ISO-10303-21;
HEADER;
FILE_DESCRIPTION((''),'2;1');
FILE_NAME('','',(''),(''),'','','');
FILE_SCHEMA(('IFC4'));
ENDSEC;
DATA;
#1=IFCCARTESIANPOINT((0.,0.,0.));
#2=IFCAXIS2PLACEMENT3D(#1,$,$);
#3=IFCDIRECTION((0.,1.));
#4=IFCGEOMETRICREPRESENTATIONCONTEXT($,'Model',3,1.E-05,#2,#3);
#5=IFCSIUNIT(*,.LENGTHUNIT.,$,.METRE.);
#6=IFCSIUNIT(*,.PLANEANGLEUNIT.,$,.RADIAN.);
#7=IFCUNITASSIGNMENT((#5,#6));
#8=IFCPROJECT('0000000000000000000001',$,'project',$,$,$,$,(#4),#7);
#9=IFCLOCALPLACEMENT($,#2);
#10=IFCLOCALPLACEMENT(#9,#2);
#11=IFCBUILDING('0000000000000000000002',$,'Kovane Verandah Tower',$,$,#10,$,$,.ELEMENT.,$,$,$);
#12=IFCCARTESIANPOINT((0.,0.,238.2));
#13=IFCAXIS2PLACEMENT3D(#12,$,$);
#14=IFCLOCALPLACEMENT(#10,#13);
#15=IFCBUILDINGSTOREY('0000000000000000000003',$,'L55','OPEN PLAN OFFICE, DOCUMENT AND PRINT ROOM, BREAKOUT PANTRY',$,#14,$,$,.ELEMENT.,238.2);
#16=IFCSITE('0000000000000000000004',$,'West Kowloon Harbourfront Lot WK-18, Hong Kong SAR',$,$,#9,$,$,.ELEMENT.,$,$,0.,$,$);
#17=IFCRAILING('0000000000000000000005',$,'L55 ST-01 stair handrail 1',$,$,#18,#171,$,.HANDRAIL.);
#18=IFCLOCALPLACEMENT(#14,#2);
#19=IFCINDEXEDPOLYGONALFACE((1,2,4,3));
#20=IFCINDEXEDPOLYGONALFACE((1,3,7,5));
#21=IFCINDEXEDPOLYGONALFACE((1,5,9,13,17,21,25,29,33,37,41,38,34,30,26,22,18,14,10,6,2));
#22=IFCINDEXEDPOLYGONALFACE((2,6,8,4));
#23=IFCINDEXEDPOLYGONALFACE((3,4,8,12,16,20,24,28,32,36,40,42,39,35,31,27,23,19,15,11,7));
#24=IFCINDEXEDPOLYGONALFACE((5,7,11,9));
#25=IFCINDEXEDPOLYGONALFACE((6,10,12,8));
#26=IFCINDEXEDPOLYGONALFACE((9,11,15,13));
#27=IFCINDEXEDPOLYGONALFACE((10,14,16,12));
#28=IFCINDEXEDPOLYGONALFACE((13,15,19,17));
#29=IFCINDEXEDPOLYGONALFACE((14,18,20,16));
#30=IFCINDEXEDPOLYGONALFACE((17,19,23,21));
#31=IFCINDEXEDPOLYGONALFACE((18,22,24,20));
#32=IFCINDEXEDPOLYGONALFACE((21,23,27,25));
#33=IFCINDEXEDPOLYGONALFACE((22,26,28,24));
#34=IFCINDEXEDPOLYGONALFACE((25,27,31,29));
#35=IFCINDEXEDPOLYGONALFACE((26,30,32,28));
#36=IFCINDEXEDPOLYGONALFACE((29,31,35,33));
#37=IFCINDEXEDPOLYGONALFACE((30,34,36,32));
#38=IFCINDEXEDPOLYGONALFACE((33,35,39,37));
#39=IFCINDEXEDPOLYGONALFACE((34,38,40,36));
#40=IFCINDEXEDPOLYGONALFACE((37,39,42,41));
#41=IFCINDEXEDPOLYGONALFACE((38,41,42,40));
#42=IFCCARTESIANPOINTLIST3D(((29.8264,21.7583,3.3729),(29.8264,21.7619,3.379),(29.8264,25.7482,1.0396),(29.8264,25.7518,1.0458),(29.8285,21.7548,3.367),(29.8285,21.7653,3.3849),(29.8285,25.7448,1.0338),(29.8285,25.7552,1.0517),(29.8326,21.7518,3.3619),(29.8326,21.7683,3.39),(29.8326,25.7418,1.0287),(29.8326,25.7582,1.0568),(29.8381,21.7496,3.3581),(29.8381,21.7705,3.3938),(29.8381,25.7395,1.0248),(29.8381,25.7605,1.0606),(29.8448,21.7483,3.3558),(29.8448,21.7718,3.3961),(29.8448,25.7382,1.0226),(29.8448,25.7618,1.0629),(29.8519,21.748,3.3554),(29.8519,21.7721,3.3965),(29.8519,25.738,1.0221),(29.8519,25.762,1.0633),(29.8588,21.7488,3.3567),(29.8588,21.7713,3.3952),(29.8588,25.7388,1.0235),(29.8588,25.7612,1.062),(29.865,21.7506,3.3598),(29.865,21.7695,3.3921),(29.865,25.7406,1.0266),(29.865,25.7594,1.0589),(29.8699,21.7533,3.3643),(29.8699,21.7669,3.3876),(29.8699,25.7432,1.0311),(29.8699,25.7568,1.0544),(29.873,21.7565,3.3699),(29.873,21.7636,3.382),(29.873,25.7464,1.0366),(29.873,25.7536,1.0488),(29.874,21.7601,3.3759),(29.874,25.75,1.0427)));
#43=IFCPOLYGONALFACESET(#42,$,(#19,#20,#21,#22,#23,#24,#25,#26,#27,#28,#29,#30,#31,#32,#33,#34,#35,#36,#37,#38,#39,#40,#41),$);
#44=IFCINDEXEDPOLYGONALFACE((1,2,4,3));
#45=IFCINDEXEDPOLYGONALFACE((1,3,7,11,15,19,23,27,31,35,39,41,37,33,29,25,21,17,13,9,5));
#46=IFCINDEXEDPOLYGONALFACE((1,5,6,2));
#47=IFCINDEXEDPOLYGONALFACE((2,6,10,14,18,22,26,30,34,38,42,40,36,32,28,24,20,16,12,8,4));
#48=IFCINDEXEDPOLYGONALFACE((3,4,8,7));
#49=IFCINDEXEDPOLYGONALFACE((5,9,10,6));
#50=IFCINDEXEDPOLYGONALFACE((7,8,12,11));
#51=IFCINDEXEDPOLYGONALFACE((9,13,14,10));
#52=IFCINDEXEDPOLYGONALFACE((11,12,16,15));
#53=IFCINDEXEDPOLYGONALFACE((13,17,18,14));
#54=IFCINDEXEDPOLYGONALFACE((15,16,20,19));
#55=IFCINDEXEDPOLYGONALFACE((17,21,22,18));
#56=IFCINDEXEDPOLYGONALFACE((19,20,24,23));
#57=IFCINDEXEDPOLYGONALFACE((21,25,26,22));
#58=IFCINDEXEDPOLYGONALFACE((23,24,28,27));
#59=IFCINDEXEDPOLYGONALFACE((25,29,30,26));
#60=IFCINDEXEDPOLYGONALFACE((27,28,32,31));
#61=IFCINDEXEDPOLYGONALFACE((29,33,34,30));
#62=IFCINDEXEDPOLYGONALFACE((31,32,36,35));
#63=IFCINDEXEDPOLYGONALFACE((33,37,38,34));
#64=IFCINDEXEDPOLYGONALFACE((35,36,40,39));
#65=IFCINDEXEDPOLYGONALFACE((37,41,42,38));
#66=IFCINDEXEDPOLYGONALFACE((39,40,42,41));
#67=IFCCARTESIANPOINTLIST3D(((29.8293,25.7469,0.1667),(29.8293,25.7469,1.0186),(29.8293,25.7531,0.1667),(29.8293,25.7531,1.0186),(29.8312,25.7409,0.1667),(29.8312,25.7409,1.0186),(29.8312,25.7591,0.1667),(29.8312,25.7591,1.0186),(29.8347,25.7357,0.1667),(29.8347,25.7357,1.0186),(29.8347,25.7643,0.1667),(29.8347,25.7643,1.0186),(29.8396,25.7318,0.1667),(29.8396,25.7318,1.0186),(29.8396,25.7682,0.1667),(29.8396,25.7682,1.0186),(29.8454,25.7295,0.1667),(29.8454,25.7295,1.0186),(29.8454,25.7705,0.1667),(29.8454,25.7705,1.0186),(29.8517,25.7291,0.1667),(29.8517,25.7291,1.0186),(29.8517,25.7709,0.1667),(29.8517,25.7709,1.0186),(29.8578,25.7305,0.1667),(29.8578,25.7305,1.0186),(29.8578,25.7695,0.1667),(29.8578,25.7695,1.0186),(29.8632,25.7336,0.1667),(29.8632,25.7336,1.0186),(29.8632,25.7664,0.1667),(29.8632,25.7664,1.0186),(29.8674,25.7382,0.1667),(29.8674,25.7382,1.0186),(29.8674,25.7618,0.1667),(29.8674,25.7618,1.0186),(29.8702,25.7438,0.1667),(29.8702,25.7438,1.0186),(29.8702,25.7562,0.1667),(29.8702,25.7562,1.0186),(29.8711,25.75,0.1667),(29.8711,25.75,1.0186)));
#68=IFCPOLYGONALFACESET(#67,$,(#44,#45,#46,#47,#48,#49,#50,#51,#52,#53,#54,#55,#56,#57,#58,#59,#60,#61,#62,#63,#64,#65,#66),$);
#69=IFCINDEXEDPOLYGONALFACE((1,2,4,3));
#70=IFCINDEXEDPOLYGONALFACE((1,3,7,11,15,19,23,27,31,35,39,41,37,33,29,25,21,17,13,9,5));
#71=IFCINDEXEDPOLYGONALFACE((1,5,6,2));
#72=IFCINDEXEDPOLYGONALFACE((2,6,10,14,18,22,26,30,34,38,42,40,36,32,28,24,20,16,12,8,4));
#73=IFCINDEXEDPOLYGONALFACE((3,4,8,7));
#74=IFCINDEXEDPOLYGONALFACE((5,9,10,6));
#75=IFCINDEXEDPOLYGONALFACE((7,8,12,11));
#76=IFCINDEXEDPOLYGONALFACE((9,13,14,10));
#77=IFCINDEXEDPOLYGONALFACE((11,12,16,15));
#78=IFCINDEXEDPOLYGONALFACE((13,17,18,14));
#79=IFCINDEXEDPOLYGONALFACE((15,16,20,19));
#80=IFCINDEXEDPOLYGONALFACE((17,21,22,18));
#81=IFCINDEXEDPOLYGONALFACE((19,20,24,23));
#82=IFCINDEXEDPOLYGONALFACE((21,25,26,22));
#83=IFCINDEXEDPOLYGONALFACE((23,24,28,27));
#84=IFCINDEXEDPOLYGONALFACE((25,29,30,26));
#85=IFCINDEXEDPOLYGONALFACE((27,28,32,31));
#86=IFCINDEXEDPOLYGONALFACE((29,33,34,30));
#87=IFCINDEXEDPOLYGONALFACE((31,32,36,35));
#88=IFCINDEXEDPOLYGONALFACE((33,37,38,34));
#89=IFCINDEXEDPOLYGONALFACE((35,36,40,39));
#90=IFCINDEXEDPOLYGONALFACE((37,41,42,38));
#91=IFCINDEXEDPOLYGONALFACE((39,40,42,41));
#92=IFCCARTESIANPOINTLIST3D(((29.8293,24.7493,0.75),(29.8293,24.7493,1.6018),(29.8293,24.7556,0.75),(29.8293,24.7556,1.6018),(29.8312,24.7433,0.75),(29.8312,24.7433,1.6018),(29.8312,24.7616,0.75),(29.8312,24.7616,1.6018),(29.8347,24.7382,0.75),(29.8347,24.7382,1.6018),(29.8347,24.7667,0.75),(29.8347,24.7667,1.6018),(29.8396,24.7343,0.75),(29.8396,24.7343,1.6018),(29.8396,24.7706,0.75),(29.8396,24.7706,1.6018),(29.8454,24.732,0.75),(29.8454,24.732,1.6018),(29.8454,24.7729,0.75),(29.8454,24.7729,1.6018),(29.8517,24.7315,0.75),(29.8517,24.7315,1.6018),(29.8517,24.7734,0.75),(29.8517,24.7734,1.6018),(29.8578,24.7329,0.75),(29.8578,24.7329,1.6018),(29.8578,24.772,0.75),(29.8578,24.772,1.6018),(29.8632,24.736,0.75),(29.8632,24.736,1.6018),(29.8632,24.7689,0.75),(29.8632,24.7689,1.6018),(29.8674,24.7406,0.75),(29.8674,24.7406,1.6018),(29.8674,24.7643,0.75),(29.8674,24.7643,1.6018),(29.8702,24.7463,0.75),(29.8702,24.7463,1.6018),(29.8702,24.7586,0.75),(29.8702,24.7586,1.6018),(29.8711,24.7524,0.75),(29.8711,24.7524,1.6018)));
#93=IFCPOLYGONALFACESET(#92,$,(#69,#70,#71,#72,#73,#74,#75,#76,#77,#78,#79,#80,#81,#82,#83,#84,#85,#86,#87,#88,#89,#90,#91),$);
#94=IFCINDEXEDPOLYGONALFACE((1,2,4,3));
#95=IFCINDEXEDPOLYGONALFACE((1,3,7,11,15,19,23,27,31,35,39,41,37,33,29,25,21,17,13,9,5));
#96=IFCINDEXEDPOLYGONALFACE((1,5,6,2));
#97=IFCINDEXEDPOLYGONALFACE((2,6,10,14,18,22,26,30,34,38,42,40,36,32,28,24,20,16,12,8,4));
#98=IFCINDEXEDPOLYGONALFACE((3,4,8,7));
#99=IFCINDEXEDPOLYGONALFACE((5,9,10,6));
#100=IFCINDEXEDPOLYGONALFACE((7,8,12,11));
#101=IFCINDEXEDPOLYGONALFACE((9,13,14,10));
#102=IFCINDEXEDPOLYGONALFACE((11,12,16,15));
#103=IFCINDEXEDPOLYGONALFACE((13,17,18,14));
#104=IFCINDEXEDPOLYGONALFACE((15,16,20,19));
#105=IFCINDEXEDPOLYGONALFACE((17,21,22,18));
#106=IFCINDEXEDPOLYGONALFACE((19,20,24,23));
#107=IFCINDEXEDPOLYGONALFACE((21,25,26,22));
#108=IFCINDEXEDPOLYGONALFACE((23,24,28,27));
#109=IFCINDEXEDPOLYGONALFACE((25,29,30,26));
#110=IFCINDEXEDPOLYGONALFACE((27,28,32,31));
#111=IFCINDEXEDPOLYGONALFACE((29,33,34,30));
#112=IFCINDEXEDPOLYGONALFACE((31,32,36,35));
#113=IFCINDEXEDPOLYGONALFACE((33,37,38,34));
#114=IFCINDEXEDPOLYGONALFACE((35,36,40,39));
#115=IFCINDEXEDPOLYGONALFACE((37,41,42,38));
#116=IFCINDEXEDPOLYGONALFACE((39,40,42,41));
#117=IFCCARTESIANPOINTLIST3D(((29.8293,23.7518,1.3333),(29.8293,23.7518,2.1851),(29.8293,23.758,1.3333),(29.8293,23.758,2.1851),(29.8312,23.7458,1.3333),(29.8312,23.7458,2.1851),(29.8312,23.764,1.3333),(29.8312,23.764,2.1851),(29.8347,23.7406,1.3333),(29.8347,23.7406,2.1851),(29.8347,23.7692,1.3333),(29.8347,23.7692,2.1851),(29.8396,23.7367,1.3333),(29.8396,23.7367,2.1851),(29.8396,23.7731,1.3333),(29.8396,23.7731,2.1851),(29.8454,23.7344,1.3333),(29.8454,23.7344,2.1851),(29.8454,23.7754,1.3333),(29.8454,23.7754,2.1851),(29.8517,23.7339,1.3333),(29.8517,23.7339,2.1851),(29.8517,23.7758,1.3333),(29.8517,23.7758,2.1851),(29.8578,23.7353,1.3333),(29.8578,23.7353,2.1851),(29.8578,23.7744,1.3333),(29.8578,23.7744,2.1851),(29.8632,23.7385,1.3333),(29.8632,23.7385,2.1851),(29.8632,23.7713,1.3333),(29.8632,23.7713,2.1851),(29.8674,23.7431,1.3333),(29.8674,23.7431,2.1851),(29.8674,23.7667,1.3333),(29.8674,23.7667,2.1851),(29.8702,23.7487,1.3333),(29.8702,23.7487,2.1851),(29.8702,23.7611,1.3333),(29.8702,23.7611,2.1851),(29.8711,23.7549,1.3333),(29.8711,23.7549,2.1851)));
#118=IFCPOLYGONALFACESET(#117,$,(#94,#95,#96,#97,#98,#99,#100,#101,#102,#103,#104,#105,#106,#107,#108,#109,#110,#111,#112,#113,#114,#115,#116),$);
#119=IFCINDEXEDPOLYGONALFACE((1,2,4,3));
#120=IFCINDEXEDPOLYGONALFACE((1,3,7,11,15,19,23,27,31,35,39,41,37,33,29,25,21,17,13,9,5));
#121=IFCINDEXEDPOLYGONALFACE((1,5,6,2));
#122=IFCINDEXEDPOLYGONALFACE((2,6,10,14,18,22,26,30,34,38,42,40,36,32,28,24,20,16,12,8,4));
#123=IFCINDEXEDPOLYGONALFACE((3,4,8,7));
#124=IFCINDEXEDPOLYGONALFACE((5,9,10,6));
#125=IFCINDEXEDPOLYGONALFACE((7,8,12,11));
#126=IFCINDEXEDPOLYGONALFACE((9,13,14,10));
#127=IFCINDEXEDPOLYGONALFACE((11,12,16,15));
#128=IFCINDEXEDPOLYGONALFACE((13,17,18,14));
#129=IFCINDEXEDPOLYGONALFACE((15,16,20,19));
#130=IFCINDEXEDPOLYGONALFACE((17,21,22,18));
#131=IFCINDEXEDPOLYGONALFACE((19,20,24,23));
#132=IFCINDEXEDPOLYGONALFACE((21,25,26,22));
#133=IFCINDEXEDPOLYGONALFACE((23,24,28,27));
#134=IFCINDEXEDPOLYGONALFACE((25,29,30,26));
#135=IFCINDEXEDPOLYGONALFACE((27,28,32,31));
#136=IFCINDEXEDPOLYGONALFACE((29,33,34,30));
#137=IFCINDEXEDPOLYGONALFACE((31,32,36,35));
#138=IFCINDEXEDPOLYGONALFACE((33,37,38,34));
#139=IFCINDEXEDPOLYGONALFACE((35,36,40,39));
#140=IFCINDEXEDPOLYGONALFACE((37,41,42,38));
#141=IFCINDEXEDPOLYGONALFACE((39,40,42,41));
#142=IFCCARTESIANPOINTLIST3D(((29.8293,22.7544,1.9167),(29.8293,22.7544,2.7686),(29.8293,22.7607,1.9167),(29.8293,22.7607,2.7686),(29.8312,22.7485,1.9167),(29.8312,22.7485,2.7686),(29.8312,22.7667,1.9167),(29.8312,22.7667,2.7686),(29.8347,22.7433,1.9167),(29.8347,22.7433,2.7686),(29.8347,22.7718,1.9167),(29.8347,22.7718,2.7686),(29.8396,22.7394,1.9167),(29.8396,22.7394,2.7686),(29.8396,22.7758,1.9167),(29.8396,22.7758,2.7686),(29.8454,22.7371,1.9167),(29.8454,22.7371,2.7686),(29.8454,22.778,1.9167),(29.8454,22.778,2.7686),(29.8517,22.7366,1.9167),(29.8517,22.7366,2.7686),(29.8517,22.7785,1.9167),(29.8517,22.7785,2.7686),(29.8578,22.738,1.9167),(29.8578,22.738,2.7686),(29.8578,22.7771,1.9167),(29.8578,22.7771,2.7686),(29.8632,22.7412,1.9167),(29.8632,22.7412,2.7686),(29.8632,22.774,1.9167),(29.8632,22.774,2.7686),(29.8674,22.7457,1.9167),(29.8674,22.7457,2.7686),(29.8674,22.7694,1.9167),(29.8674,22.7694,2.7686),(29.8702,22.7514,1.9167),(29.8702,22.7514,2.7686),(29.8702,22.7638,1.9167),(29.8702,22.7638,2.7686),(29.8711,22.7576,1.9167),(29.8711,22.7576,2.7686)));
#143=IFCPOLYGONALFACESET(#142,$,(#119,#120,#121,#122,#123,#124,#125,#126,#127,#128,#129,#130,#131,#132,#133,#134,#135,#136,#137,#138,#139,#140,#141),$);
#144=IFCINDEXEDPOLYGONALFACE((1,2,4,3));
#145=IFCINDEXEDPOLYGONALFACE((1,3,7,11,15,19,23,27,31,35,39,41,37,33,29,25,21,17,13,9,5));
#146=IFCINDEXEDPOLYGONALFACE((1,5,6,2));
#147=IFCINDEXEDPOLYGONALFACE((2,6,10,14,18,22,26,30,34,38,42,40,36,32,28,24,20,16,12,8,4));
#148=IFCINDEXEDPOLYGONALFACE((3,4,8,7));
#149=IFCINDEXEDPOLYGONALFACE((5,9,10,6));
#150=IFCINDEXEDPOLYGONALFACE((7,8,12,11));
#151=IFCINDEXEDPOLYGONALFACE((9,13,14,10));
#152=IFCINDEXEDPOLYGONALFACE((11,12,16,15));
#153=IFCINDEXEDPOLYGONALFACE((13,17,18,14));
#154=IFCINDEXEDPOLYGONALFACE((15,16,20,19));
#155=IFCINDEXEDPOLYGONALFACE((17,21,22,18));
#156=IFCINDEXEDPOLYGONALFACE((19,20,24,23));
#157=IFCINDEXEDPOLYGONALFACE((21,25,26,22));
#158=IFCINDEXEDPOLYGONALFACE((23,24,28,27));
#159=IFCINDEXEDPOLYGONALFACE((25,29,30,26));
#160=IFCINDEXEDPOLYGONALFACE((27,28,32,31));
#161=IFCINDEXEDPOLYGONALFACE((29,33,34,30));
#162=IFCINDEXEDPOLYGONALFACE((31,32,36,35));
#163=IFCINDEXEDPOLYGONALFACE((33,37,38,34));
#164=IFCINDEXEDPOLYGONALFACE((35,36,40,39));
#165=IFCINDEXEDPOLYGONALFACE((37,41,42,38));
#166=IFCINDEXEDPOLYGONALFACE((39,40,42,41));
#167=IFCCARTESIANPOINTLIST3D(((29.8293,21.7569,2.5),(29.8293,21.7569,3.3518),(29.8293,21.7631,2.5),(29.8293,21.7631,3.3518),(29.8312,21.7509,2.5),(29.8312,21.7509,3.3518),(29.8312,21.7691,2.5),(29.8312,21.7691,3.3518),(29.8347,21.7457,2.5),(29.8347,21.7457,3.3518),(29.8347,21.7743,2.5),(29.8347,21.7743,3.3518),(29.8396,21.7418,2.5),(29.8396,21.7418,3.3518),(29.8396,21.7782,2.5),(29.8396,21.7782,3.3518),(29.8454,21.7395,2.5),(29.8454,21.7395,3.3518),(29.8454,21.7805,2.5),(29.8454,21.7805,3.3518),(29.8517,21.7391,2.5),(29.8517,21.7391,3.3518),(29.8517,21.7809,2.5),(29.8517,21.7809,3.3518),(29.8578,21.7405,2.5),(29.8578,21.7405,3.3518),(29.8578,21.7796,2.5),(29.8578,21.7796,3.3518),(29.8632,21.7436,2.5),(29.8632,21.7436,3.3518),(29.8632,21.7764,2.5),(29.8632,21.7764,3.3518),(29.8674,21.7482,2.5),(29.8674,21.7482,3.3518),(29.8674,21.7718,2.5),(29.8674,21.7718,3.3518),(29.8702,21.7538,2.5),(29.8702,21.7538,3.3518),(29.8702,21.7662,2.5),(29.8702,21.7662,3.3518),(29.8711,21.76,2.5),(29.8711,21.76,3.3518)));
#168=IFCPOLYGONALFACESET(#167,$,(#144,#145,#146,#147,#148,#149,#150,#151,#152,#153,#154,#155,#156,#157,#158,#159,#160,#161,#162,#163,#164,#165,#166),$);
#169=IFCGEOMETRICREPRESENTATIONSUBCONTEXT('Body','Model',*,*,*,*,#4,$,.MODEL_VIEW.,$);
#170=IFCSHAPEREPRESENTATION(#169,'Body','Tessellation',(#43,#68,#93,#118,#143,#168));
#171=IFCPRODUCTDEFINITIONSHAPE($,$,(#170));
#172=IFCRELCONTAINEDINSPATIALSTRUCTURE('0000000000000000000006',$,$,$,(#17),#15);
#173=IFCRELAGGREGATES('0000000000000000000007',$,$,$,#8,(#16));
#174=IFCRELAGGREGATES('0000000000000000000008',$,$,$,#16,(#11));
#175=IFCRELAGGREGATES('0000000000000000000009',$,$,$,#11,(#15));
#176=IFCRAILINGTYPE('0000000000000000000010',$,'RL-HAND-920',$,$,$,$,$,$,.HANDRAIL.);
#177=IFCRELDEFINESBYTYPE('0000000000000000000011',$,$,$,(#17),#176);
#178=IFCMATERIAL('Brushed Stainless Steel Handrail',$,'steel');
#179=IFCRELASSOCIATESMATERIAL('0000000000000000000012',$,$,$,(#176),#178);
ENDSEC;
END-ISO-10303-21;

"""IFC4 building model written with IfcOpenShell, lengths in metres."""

from ifc_helpers import new_model, si_unit, direction, frame, origin, origin_2d, place, context, subcontext, project, spatial, circle, extrude, material, type_object, element, save


model = new_model("IFC4")

# Units and contexts
model_context = context("Model", 3, precision=1e-05, world=origin(), true_north=direction((0.0, 1.0)))
body_context = subcontext(model_context, "Body", "Model", "MODEL_VIEW")
ifc_project = project(units=[si_unit("LENGTHUNIT", "METRE"), si_unit("PLANEANGLEUNIT", "RADIAN")], contexts=[model_context])

# Site, building, storey
site_placement = place(None, origin())
site = spatial("IfcSite", under=ifc_project, at=site_placement, Name="West Kowloon Harbourfront Lot WK-18, Hong Kong SAR", CompositionType="ELEMENT", RefElevation=0.0)
building_placement = place(site_placement, origin())
building = spatial("IfcBuilding", under=site, at=building_placement, Name="Kovane Verandah Tower", CompositionType="ELEMENT")
storey_placement = place(building_placement, frame((0.0, 0.0, 238.2)))
storey = spatial("IfcBuildingStorey", under=building, at=storey_placement, Name="L55", Description="OPEN PLAN OFFICE, DOCUMENT AND PRINT ROOM, BREAKOUT PANTRY", CompositionType="ELEMENT", Elevation=238.2)

# Railing
ifc_material_1 = material(Name="Brushed Stainless Steel Handrail", Category="steel")
railing_type_1 = type_object("IfcRailingType", Name="RL-HAND-920", PredefinedType="HANDRAIL", material=ifc_material_1)
railing_1_placement = place(storey_placement, frame((29.8501, 25.75, 0.1667)))
element("IfcRailing", 1, at=railing_1_placement, inside=storey, type_object=railing_type_1, Name="L55 ST-01 stair handrail 1", PredefinedType="HANDRAIL", context=body_context, shape_type="SweptSolid", body=[
    extrude(circle(Radius=0.0239, at=origin_2d()), frame((0.0, 0.0, 0.876), z_axis=(0.0, -0.863236, 0.5048), x_axis=(1.0, 0.0, 0.0)), (0.0, 0.0, 1.0), 4.6221),
    extrude(circle(Radius=0.021, at=origin_2d()), origin(), (0.0, 0.0, 1.0), 0.8518),
    extrude(circle(Radius=0.021, at=origin_2d()), frame((0.0, -0.9976, 0.5833)), (0.0, 0.0, 1.0), 0.8518),
    extrude(circle(Radius=0.021, at=origin_2d()), frame((0.0, -1.9951, 1.1665)), (0.0, 0.0, 1.0), 0.8518),
    extrude(circle(Radius=0.021, at=origin_2d()), frame((0.0, -2.9924, 1.75)), (0.0, 0.0, 1.0), 0.8518),
    extrude(circle(Radius=0.021, at=origin_2d()), frame((0.0, -3.99, 2.3333)), (0.0, 0.0, 1.0), 0.8518),
])

save(model, "model.ifc")
